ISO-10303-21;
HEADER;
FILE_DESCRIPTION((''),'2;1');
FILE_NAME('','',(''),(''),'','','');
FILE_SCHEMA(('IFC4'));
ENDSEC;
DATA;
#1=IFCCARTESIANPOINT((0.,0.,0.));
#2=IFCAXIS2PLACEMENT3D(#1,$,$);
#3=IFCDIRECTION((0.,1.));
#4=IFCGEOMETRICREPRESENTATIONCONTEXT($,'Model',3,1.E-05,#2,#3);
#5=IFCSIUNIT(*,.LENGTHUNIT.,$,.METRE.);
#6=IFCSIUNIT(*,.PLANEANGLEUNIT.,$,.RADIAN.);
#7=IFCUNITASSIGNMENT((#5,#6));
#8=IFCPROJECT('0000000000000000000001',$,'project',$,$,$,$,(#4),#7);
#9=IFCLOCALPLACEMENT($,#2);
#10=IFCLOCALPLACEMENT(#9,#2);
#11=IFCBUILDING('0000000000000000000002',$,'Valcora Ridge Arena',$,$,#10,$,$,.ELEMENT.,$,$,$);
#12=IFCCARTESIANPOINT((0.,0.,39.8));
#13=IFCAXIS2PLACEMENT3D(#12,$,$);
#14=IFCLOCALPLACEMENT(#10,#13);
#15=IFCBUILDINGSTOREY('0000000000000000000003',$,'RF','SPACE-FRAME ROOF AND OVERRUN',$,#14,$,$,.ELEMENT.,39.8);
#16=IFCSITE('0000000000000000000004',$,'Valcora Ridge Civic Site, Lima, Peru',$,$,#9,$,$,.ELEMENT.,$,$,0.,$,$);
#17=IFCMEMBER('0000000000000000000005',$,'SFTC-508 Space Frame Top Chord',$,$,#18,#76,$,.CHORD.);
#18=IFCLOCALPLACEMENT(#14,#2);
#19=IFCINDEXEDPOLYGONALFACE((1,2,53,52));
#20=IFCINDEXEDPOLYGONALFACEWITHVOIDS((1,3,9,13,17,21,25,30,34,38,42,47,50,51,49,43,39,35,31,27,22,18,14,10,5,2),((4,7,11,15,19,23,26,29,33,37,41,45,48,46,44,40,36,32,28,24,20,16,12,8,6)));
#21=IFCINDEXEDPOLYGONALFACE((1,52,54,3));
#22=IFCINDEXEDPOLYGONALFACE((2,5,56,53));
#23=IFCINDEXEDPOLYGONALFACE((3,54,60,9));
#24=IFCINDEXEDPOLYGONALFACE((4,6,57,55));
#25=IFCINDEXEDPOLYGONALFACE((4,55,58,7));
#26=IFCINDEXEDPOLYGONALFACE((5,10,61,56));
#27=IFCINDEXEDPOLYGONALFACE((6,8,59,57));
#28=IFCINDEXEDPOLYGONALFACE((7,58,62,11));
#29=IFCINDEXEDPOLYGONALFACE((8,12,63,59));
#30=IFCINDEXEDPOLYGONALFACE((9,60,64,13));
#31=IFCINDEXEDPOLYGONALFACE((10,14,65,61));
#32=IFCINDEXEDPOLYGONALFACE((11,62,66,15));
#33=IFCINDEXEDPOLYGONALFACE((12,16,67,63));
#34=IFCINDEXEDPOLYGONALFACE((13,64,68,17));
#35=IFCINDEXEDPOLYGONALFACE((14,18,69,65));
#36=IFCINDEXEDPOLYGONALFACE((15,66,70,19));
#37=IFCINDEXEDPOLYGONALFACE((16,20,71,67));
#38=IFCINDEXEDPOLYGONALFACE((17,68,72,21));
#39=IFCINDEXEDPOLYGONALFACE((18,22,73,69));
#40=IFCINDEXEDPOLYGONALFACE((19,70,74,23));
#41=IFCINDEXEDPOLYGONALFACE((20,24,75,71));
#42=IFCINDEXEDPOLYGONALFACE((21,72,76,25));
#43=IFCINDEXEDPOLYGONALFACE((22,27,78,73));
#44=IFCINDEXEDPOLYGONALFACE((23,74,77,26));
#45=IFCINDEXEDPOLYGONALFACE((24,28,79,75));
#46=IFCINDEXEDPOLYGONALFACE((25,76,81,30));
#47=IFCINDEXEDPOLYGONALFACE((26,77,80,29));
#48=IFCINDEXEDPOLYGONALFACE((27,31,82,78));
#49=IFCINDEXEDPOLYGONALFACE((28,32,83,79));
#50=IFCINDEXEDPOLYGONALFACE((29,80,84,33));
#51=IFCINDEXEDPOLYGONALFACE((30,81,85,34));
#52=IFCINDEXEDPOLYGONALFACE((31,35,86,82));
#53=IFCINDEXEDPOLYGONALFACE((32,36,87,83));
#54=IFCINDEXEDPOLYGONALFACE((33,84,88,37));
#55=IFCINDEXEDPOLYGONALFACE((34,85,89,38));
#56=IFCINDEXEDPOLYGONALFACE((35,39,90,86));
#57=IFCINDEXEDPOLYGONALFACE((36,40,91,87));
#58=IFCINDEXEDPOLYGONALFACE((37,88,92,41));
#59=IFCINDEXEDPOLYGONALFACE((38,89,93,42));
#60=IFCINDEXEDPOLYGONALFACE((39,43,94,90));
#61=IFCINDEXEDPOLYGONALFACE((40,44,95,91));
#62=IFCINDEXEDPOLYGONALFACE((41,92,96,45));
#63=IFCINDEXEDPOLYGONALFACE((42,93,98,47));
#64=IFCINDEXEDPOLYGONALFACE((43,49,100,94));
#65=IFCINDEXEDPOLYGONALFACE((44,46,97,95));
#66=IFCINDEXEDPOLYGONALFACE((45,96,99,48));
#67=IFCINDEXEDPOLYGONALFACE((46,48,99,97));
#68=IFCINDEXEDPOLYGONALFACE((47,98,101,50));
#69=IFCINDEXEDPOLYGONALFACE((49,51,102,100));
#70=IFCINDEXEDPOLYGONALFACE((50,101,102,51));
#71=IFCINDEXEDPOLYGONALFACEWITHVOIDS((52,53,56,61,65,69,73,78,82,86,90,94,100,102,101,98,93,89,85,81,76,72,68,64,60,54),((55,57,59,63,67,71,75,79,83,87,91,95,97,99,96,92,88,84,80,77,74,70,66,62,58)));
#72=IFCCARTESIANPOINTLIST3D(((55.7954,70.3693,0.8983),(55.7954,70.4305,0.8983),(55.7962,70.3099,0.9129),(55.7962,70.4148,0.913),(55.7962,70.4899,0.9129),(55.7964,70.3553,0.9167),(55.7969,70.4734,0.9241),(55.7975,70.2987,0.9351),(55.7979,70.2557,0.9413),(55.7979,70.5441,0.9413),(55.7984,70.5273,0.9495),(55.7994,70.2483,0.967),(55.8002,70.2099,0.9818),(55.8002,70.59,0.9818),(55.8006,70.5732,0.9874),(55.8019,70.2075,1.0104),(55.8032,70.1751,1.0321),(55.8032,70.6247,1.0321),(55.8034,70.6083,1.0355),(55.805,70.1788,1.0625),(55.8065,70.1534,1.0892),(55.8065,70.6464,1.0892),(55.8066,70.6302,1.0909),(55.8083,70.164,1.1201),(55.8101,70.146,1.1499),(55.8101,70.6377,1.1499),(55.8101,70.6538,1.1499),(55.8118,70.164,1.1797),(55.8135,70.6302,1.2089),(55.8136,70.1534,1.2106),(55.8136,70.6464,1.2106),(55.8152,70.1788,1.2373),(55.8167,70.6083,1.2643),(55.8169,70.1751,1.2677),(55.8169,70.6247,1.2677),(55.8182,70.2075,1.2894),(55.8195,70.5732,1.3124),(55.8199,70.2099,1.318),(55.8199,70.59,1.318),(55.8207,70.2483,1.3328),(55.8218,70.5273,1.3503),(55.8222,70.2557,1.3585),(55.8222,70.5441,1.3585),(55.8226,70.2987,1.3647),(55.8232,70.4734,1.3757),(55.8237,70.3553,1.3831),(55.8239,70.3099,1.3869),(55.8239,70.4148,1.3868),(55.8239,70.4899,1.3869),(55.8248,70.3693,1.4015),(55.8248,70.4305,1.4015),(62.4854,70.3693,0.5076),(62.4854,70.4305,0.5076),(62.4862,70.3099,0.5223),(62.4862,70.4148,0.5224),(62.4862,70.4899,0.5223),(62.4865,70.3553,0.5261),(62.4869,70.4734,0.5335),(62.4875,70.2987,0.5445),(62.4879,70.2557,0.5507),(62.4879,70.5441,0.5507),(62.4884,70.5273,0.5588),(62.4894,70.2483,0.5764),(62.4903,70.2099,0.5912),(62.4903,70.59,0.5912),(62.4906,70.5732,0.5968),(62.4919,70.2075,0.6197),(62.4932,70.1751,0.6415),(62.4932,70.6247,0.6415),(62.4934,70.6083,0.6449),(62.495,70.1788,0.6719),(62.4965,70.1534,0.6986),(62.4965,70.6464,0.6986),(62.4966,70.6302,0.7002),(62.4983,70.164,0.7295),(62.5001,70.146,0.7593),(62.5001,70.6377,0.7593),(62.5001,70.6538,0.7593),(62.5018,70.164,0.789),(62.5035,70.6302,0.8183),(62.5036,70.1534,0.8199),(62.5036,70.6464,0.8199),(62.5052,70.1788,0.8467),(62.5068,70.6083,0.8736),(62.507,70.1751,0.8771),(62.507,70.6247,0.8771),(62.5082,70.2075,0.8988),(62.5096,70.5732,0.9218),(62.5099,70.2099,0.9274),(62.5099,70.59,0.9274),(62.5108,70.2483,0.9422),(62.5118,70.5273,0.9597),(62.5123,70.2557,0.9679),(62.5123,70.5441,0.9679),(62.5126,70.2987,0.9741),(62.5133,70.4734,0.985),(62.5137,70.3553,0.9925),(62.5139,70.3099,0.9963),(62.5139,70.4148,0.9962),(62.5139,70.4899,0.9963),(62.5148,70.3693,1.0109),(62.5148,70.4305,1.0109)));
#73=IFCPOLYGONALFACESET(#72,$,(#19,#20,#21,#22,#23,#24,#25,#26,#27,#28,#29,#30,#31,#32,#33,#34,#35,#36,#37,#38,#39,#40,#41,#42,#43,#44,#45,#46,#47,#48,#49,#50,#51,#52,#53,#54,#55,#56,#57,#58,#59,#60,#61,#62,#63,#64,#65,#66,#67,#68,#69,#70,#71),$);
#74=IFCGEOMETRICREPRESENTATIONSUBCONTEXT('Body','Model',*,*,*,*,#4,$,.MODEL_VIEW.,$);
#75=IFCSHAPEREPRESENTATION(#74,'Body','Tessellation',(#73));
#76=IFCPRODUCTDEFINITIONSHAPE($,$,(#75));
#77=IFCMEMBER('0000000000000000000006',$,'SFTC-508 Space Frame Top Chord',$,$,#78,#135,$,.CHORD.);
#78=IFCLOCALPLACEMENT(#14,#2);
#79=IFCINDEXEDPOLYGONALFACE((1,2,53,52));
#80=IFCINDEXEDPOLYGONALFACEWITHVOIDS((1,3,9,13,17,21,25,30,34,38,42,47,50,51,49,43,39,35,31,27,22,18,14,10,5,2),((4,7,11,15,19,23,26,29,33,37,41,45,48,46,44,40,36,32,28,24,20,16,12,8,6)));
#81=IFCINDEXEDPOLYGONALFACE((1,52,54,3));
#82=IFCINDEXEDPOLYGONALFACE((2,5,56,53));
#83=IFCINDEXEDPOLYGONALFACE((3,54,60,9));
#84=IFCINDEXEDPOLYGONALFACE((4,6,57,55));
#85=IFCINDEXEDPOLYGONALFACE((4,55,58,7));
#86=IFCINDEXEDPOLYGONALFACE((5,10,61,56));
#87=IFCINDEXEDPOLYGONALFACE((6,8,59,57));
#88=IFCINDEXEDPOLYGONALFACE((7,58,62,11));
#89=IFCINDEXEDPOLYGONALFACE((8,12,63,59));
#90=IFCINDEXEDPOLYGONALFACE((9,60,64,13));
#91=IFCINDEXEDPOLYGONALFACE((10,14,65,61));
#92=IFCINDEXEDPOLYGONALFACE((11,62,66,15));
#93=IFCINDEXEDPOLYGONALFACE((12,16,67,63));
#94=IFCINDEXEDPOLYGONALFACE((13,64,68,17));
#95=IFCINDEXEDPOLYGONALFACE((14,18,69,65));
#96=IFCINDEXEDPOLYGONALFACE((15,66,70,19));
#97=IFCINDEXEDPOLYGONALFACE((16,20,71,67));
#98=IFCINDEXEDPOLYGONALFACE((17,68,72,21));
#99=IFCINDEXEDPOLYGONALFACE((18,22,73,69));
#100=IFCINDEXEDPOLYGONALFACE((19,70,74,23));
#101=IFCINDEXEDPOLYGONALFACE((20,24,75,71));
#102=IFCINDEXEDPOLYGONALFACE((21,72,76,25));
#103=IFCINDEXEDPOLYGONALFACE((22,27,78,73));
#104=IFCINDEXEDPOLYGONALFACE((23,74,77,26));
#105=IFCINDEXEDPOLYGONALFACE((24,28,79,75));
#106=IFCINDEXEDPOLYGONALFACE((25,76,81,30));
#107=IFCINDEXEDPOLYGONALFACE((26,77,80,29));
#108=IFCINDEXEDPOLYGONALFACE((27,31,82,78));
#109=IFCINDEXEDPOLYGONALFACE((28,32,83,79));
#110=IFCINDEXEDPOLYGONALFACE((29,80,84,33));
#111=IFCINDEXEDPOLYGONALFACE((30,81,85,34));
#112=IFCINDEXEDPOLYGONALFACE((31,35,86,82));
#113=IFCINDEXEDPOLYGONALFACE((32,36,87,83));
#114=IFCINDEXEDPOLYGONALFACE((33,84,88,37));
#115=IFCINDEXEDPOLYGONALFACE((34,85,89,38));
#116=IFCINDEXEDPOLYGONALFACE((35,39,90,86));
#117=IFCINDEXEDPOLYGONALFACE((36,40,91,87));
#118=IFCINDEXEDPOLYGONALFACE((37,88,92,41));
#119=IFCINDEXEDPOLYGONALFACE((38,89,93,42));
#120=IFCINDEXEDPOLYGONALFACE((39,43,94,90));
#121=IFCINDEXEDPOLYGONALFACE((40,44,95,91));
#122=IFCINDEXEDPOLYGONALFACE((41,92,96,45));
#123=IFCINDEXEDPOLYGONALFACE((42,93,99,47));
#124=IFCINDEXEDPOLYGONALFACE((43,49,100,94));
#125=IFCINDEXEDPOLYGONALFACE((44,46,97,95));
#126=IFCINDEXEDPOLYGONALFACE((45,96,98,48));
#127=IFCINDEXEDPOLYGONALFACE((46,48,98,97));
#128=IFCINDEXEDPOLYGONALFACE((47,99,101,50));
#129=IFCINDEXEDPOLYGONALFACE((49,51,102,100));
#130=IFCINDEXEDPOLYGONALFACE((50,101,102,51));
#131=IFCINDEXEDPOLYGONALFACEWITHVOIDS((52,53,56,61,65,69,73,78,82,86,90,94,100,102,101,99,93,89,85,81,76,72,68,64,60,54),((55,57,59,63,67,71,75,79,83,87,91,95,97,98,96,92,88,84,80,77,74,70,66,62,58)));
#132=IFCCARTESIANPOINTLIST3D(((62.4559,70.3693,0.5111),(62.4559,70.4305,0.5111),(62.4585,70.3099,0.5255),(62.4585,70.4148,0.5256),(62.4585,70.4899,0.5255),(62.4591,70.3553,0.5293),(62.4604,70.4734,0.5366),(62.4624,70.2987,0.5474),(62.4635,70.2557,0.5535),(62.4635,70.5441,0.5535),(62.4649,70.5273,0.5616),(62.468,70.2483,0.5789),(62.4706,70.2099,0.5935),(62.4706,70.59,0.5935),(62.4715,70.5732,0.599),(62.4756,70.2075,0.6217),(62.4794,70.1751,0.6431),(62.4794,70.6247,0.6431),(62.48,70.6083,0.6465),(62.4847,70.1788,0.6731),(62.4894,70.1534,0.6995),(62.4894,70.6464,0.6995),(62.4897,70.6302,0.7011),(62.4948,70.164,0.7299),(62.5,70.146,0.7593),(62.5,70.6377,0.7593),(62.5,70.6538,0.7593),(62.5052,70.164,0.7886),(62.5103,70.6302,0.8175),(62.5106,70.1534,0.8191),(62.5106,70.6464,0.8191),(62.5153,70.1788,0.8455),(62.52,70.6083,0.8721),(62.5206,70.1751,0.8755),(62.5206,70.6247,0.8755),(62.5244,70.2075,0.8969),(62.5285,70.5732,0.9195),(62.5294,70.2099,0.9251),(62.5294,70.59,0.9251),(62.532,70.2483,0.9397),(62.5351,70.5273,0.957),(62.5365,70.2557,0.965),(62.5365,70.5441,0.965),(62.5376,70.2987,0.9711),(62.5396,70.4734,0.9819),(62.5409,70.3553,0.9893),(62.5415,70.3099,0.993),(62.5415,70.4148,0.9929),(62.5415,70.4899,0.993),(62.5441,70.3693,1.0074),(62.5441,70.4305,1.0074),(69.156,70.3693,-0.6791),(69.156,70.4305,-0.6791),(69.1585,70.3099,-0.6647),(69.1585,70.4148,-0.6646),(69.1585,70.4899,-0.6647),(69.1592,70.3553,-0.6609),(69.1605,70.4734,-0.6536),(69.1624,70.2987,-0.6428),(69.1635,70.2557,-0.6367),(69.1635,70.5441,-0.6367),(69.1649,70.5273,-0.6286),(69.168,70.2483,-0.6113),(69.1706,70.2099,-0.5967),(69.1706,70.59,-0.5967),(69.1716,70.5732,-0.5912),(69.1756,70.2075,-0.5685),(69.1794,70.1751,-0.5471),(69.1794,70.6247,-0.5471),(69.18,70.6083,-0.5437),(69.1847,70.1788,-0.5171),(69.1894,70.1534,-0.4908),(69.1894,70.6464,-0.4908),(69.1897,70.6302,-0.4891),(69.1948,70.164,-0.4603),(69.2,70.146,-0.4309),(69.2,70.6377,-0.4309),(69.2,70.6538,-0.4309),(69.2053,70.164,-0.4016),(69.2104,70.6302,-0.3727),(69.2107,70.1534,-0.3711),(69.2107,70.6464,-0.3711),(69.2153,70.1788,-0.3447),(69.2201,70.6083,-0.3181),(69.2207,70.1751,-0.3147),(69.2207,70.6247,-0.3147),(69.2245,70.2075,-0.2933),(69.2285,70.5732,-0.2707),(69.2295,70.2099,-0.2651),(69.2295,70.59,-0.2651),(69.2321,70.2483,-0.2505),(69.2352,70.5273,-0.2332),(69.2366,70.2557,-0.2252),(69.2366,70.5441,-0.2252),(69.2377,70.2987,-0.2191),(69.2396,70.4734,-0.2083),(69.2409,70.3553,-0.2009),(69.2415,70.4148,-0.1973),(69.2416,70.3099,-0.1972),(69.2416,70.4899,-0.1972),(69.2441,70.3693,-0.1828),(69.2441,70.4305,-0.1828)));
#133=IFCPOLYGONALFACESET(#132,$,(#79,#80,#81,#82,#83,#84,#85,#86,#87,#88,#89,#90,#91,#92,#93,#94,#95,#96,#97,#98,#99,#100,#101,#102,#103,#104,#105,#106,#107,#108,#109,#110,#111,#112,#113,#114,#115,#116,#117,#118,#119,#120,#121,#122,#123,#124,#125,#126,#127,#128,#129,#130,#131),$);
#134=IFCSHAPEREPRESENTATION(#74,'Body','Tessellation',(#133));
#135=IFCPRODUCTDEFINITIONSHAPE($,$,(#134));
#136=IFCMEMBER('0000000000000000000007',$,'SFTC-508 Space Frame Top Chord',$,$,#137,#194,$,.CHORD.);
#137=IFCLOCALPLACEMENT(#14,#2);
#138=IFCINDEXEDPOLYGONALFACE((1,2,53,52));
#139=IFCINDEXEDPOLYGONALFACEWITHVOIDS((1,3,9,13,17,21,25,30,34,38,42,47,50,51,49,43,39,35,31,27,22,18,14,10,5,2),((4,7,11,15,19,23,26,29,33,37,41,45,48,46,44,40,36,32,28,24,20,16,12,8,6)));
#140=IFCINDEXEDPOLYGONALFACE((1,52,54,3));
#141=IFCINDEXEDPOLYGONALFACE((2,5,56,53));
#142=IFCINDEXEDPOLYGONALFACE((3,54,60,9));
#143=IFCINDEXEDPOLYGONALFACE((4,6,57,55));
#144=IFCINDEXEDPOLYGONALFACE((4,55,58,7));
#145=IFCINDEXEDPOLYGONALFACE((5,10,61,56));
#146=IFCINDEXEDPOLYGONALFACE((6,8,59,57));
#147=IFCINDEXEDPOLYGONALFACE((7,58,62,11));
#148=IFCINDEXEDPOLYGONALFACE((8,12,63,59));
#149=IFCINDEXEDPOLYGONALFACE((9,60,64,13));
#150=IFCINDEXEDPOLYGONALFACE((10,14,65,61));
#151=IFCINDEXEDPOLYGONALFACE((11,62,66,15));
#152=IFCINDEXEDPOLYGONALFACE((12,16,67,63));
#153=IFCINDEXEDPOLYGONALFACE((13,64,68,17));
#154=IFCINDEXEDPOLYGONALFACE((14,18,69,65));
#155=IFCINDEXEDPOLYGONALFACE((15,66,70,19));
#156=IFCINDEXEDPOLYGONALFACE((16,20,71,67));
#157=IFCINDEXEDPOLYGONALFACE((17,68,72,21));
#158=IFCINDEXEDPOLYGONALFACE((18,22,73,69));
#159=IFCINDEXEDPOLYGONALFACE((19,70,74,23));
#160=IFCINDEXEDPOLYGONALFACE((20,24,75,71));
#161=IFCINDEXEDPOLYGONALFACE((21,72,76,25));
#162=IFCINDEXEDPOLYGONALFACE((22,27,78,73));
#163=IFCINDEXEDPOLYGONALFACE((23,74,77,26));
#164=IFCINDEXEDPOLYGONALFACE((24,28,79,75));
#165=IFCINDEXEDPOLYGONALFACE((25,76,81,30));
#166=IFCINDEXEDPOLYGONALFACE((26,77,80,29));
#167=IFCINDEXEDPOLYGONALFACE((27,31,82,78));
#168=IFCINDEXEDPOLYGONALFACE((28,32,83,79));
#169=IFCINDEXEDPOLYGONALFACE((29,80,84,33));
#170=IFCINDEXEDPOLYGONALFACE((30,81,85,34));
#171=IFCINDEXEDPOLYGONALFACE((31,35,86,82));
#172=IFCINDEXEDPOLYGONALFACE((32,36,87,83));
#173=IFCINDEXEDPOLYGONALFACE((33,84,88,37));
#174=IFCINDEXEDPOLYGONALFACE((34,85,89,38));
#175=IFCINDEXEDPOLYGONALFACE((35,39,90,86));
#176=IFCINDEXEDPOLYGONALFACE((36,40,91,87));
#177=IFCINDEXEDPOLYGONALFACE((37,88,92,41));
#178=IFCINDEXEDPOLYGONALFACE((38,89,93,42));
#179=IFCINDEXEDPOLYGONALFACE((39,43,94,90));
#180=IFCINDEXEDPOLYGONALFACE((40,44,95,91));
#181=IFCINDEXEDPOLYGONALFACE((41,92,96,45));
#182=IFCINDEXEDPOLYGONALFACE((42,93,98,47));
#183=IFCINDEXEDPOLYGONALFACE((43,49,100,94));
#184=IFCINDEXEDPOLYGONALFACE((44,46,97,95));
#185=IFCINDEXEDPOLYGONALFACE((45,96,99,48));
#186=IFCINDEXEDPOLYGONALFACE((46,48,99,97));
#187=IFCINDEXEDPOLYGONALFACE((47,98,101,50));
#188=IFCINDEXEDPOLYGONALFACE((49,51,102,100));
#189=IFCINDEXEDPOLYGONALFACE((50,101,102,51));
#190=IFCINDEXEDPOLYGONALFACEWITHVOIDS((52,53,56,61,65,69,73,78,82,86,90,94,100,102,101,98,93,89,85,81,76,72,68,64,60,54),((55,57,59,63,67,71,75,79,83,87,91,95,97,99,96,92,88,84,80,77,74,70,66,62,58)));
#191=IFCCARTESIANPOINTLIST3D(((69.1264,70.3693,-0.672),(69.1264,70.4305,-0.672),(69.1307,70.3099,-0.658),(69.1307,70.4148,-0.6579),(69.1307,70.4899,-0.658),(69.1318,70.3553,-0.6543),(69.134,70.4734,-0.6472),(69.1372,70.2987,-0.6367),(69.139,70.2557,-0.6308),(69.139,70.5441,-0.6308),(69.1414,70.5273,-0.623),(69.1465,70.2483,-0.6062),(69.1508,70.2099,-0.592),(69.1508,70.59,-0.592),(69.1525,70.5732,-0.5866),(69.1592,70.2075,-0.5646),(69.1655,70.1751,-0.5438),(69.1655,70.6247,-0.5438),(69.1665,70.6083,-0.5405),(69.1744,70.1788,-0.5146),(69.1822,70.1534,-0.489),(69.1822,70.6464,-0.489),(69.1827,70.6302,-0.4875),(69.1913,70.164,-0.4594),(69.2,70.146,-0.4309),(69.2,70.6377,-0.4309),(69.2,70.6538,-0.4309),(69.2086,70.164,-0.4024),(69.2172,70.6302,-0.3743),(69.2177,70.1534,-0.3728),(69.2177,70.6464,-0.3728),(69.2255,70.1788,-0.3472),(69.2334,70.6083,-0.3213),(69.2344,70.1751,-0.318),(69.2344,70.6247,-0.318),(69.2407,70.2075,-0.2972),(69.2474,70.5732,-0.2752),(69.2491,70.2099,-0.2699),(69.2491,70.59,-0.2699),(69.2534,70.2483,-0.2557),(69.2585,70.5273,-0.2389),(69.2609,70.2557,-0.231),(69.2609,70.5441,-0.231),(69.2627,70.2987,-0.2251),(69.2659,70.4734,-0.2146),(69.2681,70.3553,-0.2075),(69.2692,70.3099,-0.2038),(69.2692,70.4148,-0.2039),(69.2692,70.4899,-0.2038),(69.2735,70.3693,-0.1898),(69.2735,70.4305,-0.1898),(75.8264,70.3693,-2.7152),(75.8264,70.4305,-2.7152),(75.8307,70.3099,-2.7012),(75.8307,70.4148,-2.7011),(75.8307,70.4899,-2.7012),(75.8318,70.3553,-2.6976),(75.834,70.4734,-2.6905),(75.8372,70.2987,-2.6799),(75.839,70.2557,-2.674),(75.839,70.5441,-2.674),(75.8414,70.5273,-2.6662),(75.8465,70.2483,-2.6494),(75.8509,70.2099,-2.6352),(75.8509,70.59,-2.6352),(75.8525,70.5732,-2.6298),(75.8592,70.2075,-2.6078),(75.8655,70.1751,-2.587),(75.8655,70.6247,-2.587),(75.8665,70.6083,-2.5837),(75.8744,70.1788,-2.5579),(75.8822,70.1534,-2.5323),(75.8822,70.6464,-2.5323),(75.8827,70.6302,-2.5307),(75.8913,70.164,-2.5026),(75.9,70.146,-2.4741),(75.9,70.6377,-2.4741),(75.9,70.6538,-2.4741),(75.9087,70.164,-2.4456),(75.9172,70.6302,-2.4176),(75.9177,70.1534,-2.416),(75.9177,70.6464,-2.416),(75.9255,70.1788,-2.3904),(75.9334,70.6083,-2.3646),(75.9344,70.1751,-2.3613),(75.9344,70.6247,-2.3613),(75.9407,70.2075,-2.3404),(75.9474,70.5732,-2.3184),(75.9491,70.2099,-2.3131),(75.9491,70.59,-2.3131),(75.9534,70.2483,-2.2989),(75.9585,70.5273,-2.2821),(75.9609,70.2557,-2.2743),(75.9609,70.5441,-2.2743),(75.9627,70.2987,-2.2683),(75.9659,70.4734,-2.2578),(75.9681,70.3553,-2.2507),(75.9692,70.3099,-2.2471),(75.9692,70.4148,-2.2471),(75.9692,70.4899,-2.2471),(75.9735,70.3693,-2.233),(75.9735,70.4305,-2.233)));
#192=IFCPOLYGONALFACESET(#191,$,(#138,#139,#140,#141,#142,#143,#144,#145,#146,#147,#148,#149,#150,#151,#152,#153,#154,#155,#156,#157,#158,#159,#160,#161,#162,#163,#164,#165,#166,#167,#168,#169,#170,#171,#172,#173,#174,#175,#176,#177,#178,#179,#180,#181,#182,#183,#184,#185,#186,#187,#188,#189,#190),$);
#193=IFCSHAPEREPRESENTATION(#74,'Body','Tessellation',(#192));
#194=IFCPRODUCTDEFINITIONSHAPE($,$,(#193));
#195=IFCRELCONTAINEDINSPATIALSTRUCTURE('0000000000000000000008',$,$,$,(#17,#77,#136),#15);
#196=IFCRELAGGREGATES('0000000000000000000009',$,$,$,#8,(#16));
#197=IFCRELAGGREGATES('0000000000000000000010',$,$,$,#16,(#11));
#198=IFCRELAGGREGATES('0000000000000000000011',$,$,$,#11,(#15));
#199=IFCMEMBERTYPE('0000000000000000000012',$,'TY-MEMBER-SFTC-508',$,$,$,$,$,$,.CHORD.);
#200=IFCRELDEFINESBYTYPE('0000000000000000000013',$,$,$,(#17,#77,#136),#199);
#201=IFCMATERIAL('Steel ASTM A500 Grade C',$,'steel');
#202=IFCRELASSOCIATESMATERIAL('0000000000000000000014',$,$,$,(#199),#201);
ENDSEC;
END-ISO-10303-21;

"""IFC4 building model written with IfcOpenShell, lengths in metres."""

from ifc_helpers import new_model, si_unit, direction, frame, origin, origin_2d, place, context, subcontext, project, spatial, hollow_circle, extrude, material, material_profile, profile_set, type_object, element, save


model = new_model("IFC4")

# Units and contexts
model_context = context("Model", 3, precision=1e-05, world=origin(), true_north=direction((0.0, 1.0)))
body_context = subcontext(model_context, "Body", "Model", "MODEL_VIEW")
ifc_project = project(units=[si_unit("LENGTHUNIT", "METRE"), si_unit("PLANEANGLEUNIT", "RADIAN")], contexts=[model_context])

# Site, building, storey
site_placement = place(None, origin())
site = spatial("IfcSite", under=ifc_project, at=site_placement, Name="Valcora Ridge Civic Site, Lima, Peru", CompositionType="ELEMENT", RefElevation=0.0)
building_placement = place(site_placement, origin())
building = spatial("IfcBuilding", under=site, at=building_placement, Name="Valcora Ridge Arena", CompositionType="ELEMENT")
storey_placement = place(building_placement, frame((0.0, 0.0, 39.8)))
storey = spatial("IfcBuildingStorey", under=building, at=storey_placement, Name="RF", Description="SPACE-FRAME ROOF AND OVERRUN", CompositionType="ELEMENT", Elevation=39.8)

# Members
ifc_material_1 = material(Name="Steel ASTM A500 Grade C", Category="steel")
ifc_material_profile_1 = material_profile(ifc_material_1, hollow_circle(Radius=0.2539, WallThickness=0.0161, at=origin_2d()), Name="CHS508X16")
ifc_profile_set_1 = profile_set([ifc_material_profile_1], Name="Steel ASTM A500 Grade C")
member_type_1 = type_object("IfcMemberType", Name="TY-MEMBER-SFTC-508", PredefinedType="CHORD", material=ifc_profile_set_1)
member_1_placement = place(storey_placement, frame((55.8101, 70.3999, 1.1499), z_axis=(0.9983, 0.0, -0.058291), x_axis=(0.0, 1.0, 0.0)))
element("IfcMember", 1, at=member_1_placement, inside=storey, type_object=member_type_1, Name="SFTC-508 Space Frame Top Chord", PredefinedType="CHORD", context=body_context, shape_type="SweptSolid", body=[
    extrude(hollow_circle(Radius=0.2539, WallThickness=0.0161, at=origin_2d()), origin(), (0.0, 0.0, 1.0), 6.7014),
])
member_2_placement = place(storey_placement, frame((62.5, 70.3999, 0.7593), z_axis=(0.984586, 0.0, -0.174903), x_axis=(0.0, 1.0, 0.0)))
element("IfcMember", 2, at=member_2_placement, inside=storey, type_object=member_type_1, Name="SFTC-508 Space Frame Top Chord", PredefinedType="CHORD", context=body_context, shape_type="SweptSolid", body=[
    extrude(hollow_circle(Radius=0.2539, WallThickness=0.0161, at=origin_2d()), origin(), (0.0, 0.0, 1.0), 6.8049),
])
member_3_placement = place(storey_placement, frame((69.2, 70.3999, -0.4309), z_axis=(0.956511, 0.0, -0.291697), x_axis=(0.0, 1.0, 0.0)))
element("IfcMember", 3, at=member_3_placement, inside=storey, type_object=member_type_1, Name="SFTC-508 Space Frame Top Chord", PredefinedType="CHORD", context=body_context, shape_type="SweptSolid", body=[
    extrude(hollow_circle(Radius=0.2539, WallThickness=0.0161, at=origin_2d()), origin(), (0.0, 0.0, 1.0), 7.0046),
])

save(model, "model.ifc")
